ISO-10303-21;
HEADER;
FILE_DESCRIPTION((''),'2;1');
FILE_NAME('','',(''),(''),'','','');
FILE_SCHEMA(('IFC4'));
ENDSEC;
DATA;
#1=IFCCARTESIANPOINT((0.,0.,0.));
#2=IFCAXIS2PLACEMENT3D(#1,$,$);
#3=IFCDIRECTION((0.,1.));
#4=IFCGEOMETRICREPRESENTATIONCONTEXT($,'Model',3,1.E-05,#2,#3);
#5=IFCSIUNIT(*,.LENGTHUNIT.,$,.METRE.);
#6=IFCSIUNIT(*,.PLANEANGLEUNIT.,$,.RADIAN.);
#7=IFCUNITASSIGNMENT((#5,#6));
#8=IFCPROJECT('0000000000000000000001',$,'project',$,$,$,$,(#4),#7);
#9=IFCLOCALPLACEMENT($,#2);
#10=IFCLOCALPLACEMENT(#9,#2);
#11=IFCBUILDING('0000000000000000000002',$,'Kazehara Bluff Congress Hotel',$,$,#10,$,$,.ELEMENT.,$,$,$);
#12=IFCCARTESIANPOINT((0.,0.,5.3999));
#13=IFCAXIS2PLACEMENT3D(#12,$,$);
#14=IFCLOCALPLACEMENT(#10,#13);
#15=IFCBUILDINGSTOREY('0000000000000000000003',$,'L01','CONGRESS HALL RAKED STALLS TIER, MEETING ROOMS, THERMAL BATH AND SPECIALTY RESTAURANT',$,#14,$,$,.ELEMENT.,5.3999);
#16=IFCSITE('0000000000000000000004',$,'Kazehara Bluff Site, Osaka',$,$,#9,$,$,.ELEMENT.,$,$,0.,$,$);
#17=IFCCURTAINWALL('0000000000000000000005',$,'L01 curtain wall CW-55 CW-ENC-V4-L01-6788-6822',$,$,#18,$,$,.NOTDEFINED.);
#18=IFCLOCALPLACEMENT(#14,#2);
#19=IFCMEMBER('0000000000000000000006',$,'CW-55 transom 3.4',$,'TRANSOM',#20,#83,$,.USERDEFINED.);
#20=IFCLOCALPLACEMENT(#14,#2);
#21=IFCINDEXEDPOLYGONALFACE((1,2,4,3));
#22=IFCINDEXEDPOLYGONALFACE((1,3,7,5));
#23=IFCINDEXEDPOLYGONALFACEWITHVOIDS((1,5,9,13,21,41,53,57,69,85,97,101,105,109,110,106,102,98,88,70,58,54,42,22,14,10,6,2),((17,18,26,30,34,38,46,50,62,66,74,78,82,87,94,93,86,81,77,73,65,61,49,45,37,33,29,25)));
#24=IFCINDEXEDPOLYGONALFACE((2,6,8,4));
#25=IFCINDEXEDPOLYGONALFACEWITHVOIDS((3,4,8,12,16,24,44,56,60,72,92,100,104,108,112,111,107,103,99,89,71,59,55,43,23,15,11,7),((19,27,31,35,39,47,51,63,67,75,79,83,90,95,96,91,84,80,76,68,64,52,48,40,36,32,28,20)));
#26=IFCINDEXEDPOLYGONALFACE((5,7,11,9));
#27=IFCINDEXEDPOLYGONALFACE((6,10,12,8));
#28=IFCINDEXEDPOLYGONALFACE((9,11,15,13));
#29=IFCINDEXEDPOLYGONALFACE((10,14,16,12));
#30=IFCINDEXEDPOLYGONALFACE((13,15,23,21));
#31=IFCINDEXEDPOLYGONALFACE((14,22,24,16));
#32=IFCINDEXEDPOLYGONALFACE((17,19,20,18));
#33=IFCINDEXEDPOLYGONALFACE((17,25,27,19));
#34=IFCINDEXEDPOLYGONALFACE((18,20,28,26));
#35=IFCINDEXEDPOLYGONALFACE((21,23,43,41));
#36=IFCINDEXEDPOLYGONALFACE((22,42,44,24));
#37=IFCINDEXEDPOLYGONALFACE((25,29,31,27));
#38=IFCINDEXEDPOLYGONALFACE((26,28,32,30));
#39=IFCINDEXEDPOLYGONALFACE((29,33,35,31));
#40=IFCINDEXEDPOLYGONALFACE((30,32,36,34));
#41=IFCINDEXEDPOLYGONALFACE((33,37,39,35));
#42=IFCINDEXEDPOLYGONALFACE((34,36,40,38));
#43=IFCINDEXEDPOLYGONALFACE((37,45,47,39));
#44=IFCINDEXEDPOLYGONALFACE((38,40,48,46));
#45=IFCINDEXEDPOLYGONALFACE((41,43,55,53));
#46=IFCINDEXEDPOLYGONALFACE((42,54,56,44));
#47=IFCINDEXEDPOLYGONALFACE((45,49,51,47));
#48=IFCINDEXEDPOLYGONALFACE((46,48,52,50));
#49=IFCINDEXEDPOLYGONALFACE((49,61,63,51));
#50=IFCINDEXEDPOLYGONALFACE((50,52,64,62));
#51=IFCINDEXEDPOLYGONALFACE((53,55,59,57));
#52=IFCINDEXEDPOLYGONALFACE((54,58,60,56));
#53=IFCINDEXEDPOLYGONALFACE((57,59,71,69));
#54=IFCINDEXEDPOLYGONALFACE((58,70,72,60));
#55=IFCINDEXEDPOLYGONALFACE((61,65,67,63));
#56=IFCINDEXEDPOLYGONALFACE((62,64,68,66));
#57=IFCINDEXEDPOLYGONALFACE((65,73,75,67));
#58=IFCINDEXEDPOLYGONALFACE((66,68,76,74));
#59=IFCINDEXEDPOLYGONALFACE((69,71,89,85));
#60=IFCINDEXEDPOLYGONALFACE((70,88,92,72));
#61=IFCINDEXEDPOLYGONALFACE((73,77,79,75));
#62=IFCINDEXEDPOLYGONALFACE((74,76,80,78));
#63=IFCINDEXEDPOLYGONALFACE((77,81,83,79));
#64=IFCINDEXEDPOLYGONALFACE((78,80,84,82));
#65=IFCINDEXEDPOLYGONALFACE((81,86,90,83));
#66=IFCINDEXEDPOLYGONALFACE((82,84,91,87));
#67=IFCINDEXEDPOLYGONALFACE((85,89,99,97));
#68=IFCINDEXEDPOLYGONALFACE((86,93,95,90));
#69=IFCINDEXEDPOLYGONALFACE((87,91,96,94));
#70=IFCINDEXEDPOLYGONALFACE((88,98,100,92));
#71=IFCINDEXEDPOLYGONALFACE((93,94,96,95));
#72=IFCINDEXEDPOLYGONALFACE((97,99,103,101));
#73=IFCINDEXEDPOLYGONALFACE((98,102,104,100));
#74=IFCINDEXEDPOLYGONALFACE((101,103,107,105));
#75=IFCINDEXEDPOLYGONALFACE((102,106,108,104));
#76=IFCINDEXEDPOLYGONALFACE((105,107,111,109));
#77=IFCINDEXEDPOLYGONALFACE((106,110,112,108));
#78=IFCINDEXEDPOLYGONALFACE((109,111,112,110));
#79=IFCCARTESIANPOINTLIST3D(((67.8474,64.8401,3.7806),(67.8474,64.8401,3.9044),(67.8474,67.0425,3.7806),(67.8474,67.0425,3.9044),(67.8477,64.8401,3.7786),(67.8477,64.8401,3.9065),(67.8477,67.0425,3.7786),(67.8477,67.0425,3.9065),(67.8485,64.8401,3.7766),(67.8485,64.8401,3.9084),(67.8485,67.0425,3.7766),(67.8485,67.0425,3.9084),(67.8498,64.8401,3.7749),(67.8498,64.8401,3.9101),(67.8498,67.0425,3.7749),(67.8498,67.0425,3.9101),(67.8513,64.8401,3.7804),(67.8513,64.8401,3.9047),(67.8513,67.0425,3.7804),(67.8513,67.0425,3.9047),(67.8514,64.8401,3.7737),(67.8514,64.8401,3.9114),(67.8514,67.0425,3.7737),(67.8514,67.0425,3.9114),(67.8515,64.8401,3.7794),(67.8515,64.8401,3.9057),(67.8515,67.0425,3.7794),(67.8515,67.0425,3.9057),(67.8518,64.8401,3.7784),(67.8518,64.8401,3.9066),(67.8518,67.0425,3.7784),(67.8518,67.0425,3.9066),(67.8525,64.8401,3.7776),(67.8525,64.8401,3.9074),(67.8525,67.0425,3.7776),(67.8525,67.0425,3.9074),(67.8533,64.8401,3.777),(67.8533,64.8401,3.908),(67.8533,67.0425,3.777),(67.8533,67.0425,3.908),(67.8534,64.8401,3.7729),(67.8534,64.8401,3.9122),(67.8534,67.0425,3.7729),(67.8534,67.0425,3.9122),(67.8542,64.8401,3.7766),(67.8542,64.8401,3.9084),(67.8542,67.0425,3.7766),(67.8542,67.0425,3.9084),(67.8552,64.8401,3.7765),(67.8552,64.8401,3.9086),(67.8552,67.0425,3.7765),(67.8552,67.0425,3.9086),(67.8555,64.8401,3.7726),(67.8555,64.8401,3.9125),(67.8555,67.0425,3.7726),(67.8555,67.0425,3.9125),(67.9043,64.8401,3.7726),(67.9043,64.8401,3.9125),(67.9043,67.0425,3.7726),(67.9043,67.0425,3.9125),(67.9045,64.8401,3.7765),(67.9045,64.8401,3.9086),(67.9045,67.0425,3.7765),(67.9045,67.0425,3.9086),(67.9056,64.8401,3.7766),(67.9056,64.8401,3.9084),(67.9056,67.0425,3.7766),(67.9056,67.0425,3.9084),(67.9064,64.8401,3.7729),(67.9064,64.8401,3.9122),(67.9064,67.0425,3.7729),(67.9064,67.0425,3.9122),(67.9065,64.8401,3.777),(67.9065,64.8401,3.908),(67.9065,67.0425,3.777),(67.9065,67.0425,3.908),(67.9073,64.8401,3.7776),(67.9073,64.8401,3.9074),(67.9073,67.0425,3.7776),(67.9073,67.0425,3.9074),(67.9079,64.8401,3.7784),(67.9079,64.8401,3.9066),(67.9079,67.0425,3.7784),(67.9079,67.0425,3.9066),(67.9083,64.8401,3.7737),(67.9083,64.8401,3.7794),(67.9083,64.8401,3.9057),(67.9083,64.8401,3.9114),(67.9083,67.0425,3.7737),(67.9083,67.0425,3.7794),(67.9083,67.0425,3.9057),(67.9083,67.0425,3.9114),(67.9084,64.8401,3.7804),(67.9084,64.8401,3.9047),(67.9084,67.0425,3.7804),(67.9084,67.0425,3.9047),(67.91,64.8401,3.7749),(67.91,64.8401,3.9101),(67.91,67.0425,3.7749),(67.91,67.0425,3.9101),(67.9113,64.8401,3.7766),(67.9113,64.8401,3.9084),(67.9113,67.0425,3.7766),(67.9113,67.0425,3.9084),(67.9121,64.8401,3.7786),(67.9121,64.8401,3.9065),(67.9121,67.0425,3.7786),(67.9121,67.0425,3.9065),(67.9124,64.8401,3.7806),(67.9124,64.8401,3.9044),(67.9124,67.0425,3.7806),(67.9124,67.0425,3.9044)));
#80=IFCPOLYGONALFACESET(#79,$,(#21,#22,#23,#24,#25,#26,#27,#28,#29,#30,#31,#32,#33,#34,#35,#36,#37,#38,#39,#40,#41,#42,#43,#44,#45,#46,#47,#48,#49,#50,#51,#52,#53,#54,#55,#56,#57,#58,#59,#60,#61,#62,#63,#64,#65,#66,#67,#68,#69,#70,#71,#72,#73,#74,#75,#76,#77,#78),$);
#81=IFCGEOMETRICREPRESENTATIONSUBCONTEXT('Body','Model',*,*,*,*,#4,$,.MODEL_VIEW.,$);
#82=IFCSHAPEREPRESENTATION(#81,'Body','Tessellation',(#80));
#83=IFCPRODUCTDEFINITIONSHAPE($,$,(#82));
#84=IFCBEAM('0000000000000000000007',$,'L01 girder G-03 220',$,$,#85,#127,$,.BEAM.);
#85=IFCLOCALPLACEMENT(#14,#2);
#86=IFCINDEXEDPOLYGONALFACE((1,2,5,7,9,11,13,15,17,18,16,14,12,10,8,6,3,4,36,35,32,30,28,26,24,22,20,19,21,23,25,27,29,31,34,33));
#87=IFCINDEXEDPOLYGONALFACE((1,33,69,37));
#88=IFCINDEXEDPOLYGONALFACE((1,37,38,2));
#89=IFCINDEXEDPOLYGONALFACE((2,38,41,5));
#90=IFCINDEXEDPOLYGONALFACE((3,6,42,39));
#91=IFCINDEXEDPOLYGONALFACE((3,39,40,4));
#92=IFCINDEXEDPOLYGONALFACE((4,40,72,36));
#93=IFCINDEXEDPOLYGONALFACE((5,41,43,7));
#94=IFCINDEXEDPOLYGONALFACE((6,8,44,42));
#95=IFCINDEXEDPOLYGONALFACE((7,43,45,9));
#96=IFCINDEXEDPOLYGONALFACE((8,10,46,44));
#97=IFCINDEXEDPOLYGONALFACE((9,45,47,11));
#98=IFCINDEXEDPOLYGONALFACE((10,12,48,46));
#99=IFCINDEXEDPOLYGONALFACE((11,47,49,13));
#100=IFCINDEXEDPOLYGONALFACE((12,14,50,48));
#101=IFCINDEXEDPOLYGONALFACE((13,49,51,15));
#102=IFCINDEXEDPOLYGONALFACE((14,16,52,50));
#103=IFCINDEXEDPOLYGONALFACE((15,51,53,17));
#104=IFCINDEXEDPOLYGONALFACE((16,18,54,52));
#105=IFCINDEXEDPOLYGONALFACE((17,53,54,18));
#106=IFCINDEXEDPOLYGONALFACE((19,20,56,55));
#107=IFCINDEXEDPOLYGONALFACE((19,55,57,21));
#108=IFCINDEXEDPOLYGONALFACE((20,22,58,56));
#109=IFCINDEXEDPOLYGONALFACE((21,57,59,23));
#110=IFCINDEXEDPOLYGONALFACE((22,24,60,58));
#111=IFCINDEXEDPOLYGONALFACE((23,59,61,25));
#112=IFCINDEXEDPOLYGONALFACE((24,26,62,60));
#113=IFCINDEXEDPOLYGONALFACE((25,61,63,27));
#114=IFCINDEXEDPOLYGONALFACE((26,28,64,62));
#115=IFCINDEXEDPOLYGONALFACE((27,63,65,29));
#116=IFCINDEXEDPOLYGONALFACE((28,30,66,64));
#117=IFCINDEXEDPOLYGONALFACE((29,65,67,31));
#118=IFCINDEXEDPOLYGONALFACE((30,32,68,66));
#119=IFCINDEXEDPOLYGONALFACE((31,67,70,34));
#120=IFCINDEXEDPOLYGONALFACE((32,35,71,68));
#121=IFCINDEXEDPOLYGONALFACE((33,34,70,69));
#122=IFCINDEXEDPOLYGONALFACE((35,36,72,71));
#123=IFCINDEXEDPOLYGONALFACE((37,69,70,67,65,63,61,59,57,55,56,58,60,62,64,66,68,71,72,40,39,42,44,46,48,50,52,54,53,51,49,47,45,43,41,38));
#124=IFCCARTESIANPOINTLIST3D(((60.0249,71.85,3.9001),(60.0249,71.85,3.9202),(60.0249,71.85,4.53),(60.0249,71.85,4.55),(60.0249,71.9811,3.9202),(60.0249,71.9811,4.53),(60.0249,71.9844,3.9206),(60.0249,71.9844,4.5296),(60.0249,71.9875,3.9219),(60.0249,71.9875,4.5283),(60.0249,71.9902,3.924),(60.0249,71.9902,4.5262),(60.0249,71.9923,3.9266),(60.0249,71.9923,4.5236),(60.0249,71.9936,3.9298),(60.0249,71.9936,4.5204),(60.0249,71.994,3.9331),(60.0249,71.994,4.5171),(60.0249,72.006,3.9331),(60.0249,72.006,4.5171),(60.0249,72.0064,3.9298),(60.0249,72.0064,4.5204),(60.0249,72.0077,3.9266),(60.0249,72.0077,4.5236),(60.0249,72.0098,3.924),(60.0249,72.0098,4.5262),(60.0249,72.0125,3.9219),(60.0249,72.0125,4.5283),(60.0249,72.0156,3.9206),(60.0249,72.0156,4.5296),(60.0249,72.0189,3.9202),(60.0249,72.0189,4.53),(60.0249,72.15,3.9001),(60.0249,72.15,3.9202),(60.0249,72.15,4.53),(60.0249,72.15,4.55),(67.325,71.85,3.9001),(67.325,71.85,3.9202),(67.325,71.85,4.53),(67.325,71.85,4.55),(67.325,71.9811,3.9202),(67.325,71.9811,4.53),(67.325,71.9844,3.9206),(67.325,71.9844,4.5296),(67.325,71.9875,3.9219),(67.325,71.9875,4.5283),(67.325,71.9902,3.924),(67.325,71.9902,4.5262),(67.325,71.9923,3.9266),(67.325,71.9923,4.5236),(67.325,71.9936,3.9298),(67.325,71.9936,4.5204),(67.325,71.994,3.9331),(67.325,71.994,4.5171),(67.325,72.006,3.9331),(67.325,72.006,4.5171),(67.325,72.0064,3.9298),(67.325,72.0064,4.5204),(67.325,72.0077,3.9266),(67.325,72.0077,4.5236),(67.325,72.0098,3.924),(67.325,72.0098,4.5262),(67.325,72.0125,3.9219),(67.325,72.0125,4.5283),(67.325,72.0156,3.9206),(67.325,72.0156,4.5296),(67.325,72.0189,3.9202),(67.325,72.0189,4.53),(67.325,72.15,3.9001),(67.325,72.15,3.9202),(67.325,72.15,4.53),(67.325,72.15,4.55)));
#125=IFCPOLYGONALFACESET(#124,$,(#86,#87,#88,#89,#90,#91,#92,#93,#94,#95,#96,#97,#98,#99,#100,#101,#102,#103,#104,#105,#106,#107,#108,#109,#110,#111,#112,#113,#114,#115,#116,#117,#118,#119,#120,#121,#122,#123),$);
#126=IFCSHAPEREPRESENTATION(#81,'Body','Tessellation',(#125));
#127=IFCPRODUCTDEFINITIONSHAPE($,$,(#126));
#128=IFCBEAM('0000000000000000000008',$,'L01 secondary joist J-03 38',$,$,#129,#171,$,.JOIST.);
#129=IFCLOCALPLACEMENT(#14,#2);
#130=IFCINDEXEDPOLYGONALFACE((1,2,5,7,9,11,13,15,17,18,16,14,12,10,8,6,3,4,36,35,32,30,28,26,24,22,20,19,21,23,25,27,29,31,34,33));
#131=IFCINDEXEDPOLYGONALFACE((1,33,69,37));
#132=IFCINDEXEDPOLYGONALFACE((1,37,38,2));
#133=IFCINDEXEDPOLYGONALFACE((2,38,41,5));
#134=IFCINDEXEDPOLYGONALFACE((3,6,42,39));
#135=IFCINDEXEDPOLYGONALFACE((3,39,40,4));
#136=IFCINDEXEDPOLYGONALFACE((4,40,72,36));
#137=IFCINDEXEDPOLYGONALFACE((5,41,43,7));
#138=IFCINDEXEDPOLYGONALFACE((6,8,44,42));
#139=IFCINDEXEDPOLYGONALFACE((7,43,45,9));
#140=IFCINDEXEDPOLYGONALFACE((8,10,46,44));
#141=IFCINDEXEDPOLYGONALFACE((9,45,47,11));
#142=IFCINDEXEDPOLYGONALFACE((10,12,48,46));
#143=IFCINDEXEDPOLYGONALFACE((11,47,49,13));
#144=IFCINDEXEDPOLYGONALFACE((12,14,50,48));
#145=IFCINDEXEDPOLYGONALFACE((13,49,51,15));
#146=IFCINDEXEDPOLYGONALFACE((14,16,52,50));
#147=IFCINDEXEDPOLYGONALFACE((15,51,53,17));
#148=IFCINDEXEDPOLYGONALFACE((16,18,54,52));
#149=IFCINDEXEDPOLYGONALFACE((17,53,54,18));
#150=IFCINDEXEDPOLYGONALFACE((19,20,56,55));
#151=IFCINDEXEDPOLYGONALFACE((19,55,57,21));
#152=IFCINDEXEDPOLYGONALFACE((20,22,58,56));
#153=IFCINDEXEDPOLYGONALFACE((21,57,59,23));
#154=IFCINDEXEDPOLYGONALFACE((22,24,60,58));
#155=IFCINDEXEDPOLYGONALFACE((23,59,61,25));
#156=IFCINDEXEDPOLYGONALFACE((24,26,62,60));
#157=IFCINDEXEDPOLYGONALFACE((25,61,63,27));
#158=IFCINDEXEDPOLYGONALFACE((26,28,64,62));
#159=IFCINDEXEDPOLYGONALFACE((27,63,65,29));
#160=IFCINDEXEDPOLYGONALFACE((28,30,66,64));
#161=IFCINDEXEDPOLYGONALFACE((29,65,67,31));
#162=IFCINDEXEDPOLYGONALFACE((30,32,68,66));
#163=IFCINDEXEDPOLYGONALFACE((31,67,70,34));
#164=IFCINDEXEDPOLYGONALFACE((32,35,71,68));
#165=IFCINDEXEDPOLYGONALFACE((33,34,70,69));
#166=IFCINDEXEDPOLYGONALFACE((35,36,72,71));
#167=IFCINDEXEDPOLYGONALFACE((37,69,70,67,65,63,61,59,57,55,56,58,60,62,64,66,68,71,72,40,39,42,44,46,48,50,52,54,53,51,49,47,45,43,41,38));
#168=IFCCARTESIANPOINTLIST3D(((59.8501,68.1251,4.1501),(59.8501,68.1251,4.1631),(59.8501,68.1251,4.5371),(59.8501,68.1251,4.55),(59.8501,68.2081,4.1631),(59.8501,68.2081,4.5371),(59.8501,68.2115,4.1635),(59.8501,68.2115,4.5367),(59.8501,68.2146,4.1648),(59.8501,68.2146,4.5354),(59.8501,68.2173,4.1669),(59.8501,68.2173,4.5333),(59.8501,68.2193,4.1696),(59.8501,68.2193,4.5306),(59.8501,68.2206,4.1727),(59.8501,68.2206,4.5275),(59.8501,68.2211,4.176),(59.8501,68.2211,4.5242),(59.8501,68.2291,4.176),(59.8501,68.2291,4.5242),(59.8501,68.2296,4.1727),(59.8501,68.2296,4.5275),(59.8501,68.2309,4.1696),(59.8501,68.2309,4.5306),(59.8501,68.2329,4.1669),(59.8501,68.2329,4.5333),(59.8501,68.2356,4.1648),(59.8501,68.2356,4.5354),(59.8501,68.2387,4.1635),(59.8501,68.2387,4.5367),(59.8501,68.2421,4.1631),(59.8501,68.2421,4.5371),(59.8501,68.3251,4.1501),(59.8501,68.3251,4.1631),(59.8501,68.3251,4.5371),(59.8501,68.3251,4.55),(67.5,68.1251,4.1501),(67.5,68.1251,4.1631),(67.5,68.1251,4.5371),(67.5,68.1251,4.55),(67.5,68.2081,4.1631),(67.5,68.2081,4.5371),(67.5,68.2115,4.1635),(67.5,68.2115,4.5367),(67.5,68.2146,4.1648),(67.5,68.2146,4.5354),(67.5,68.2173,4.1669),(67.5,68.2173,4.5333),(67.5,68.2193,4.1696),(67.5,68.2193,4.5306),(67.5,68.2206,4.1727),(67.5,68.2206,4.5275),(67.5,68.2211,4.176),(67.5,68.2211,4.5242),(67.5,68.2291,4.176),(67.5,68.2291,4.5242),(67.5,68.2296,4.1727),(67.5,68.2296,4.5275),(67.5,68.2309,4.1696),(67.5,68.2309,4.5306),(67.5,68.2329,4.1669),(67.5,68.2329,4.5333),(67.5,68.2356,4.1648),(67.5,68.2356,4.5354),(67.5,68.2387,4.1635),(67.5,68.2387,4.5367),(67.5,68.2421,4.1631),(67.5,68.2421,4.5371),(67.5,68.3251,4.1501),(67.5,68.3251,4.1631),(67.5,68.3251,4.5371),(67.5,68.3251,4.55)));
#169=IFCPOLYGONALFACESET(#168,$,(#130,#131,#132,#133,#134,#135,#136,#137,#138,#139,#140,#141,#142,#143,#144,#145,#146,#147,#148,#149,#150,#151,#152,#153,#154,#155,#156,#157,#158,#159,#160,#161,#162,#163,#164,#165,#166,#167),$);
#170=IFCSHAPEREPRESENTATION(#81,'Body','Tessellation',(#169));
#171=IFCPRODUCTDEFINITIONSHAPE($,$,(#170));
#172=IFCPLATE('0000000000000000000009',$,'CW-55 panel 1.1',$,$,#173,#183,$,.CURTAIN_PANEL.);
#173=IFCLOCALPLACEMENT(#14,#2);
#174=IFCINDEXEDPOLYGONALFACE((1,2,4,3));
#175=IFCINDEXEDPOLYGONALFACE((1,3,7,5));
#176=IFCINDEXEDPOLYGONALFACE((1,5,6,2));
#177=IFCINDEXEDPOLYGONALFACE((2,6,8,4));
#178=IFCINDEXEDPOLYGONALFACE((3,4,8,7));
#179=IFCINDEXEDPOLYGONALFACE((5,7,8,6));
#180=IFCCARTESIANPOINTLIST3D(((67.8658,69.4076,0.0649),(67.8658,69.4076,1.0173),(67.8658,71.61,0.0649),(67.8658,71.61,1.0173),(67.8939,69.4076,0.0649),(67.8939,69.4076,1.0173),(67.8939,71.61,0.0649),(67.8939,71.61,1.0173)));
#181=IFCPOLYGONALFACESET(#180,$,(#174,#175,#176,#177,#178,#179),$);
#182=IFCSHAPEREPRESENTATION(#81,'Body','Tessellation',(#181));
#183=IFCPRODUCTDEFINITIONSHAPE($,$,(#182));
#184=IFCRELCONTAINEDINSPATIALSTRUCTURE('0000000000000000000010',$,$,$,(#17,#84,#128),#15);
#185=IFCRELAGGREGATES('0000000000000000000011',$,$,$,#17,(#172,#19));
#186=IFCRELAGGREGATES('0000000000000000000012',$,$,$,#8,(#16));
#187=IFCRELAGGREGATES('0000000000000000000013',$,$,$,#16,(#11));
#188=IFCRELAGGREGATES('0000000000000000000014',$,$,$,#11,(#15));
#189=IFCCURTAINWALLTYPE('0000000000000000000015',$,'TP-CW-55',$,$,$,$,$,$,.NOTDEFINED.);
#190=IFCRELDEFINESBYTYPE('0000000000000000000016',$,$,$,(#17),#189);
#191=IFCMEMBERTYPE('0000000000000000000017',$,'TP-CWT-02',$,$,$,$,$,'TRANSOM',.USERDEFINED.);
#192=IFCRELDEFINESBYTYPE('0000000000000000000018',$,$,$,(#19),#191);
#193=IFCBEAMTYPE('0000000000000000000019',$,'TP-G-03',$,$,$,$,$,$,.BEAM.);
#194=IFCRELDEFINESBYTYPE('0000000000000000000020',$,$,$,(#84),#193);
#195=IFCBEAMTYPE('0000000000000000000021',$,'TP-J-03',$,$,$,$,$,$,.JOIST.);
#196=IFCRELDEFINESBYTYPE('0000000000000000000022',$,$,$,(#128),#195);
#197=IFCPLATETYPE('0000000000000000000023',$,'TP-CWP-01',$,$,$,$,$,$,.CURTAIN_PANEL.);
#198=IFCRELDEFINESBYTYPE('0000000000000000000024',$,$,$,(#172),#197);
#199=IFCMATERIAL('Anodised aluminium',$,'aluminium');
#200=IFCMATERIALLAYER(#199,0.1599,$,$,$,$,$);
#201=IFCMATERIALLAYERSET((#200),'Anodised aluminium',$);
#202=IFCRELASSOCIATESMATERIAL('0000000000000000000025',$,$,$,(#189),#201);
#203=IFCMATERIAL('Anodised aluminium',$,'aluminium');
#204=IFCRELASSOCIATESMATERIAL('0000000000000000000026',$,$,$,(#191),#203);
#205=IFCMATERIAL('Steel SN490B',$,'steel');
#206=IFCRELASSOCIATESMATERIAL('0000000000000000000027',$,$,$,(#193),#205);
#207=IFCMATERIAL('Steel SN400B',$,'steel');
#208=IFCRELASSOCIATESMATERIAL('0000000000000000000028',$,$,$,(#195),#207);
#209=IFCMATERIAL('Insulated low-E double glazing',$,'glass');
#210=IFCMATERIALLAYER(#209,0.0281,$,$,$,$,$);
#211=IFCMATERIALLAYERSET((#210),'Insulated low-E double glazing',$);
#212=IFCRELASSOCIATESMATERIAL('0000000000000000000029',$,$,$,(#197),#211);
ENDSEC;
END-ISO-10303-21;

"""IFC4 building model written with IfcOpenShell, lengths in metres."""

from ifc_helpers import new_model, si_unit, direction, frame, origin, origin_2d, place, context, subcontext, project, spatial, rectangle, hollow_rectangle, i_section, extrude, material, layer, layer_set, material_profile, profile_set, type_object, element, aggregate, save


model = new_model("IFC4")

# Units and contexts
model_context = context("Model", 3, precision=1e-05, world=origin(), true_north=direction((0.0, 1.0)))
body_context = subcontext(model_context, "Body", "Model", "MODEL_VIEW")
ifc_project = project(units=[si_unit("LENGTHUNIT", "METRE"), si_unit("PLANEANGLEUNIT", "RADIAN")], contexts=[model_context])

# Site, building, storey
site_placement = place(None, origin())
site = spatial("IfcSite", under=ifc_project, at=site_placement, Name="Kazehara Bluff Site, Osaka", CompositionType="ELEMENT", RefElevation=0.0)
building_placement = place(site_placement, origin())
building = spatial("IfcBuilding", under=site, at=building_placement, Name="Kazehara Bluff Congress Hotel", CompositionType="ELEMENT")
storey_placement = place(building_placement, frame((0.0, 0.0, 5.3999)))
storey = spatial("IfcBuildingStorey", under=building, at=storey_placement, Name="L01", Description="CONGRESS HALL RAKED STALLS TIER, MEETING ROOMS, THERMAL BATH AND SPECIALTY RESTAURANT", CompositionType="ELEMENT", Elevation=5.3999)

# Curtain wall, member
ifc_material_1 = material(Name="Anodised aluminium", Category="aluminium")
ifc_layer_1 = layer(ifc_material_1, 0.1599)
ifc_layer_set_1 = layer_set([ifc_layer_1], Name="Anodised aluminium")
curtain_wall_type = type_object("IfcCurtainWallType", Name="TP-CW-55", PredefinedType="NOTDEFINED", material=ifc_layer_set_1)
curtain_wall_placement = place(storey_placement, origin())
curtain_wall = element("IfcCurtainWall", 1, at=curtain_wall_placement, inside=storey, type_object=curtain_wall_type, Name="L01 curtain wall CW-55 CW-ENC-V4-L01-6788-6822", PredefinedType="NOTDEFINED")
ifc_material_2 = material(Name="Anodised aluminium", Category="aluminium")
ifc_material_profile_1 = material_profile(ifc_material_2, hollow_rectangle(XDim=0.0649, YDim=0.1399, WallThickness=0.0039, InnerFilletRadius=0.0039, OuterFilletRadius=0.0081, at=origin_2d()))
ifc_profile_set_1 = profile_set([ifc_material_profile_1], Name="Anodised aluminium")
member_type_1 = type_object("IfcMemberType", Name="TP-CWT-02", ElementType="TRANSOM", PredefinedType="USERDEFINED", material=ifc_profile_set_1)
member_1_placement = place(storey_placement, frame((67.8799, 67.0425, 3.8425), z_axis=(0.0, -1.0, 0.0), x_axis=(1.0, 0.0, 0.0)))
member_1 = element("IfcMember", 2, at=member_1_placement, type_object=member_type_1, Name="CW-55 transom 3.4", ObjectType="TRANSOM", PredefinedType="USERDEFINED", context=body_context, shape_type="SweptSolid", body=[
    extrude(hollow_rectangle(XDim=0.0649, YDim=0.1399, WallThickness=0.0039, InnerFilletRadius=0.0039, OuterFilletRadius=0.0081, at=origin_2d()), origin(), (0.0, 0.0, 1.0), 2.2024),
])

# Beams
ifc_material_3 = material(Name="Steel SN490B", Category="steel")
ifc_material_profile_2 = material_profile(ifc_material_3, i_section(OverallWidth=0.3, OverallDepth=0.6499, WebThickness=0.012, FlangeThickness=0.02, FilletRadius=0.0129, at=origin_2d()))
ifc_profile_set_2 = profile_set([ifc_material_profile_2], Name="Steel SN490B")
beam_type_1 = type_object("IfcBeamType", Name="TP-G-03", PredefinedType="BEAM", material=ifc_profile_set_2)
beam_1_placement = place(storey_placement, frame((60.0249, 72.0, 4.2251), z_axis=(1.0, 0.0, 0.0), x_axis=(0.0, 1.0, 0.0)))
element("IfcBeam", 3, at=beam_1_placement, inside=storey, type_object=beam_type_1, Name="L01 girder G-03 220", PredefinedType="BEAM", context=body_context, shape_type="SweptSolid", body=[
    extrude(i_section(OverallWidth=0.3, OverallDepth=0.6499, WebThickness=0.012, FlangeThickness=0.02, FilletRadius=0.0129, at=origin_2d()), origin(), (0.0, 0.0, 1.0), 7.3),
])
ifc_material_4 = material(Name="Steel SN400B", Category="steel")
ifc_material_profile_3 = material_profile(ifc_material_4, i_section(OverallWidth=0.2, OverallDepth=0.3999, WebThickness=0.0081, FlangeThickness=0.0129, FilletRadius=0.0129, at=origin_2d()))
ifc_profile_set_3 = profile_set([ifc_material_profile_3], Name="Steel SN400B")
beam_type_2 = type_object("IfcBeamType", Name="TP-J-03", PredefinedType="JOIST", material=ifc_profile_set_3)
beam_2_placement = place(storey_placement, frame((59.8501, 68.2251, 4.3501), z_axis=(1.0, 0.0, 0.0), x_axis=(0.0, 1.0, 0.0)))
element("IfcBeam", 4, at=beam_2_placement, inside=storey, type_object=beam_type_2, Name="L01 secondary joist J-03 38", PredefinedType="JOIST", context=body_context, shape_type="SweptSolid", body=[
    extrude(i_section(OverallWidth=0.2, OverallDepth=0.3999, WebThickness=0.0081, FlangeThickness=0.0129, FilletRadius=0.0129, at=origin_2d()), origin(), (0.0, 0.0, 1.0), 7.6499),
])

# Plate
ifc_material_5 = material(Name="Insulated low-E double glazing", Category="glass")
ifc_layer_2 = layer(ifc_material_5, 0.0281)
ifc_layer_set_2 = layer_set([ifc_layer_2], Name="Insulated low-E double glazing")
plate_type = type_object("IfcPlateType", Name="TP-CWP-01", PredefinedType="CURTAIN_PANEL", material=ifc_layer_set_2)
plate_1_placement = place(storey_placement, frame((67.8799, 70.5088, 0.0649), z_axis=(0.0, 0.0, 1.0), x_axis=(0.0, -1.0, 0.0)))
plate_1 = element("IfcPlate", 5, at=plate_1_placement, type_object=plate_type, Name="CW-55 panel 1.1", PredefinedType="CURTAIN_PANEL", context=body_context, shape_type="SweptSolid", body=[
    extrude(rectangle(XDim=2.2024, YDim=0.0281, at=origin_2d()), origin(), (0.0, 0.0, 1.0), 0.9524),
])
aggregate(curtain_wall, [plate_1, member_1])

save(model, "model.ifc")
